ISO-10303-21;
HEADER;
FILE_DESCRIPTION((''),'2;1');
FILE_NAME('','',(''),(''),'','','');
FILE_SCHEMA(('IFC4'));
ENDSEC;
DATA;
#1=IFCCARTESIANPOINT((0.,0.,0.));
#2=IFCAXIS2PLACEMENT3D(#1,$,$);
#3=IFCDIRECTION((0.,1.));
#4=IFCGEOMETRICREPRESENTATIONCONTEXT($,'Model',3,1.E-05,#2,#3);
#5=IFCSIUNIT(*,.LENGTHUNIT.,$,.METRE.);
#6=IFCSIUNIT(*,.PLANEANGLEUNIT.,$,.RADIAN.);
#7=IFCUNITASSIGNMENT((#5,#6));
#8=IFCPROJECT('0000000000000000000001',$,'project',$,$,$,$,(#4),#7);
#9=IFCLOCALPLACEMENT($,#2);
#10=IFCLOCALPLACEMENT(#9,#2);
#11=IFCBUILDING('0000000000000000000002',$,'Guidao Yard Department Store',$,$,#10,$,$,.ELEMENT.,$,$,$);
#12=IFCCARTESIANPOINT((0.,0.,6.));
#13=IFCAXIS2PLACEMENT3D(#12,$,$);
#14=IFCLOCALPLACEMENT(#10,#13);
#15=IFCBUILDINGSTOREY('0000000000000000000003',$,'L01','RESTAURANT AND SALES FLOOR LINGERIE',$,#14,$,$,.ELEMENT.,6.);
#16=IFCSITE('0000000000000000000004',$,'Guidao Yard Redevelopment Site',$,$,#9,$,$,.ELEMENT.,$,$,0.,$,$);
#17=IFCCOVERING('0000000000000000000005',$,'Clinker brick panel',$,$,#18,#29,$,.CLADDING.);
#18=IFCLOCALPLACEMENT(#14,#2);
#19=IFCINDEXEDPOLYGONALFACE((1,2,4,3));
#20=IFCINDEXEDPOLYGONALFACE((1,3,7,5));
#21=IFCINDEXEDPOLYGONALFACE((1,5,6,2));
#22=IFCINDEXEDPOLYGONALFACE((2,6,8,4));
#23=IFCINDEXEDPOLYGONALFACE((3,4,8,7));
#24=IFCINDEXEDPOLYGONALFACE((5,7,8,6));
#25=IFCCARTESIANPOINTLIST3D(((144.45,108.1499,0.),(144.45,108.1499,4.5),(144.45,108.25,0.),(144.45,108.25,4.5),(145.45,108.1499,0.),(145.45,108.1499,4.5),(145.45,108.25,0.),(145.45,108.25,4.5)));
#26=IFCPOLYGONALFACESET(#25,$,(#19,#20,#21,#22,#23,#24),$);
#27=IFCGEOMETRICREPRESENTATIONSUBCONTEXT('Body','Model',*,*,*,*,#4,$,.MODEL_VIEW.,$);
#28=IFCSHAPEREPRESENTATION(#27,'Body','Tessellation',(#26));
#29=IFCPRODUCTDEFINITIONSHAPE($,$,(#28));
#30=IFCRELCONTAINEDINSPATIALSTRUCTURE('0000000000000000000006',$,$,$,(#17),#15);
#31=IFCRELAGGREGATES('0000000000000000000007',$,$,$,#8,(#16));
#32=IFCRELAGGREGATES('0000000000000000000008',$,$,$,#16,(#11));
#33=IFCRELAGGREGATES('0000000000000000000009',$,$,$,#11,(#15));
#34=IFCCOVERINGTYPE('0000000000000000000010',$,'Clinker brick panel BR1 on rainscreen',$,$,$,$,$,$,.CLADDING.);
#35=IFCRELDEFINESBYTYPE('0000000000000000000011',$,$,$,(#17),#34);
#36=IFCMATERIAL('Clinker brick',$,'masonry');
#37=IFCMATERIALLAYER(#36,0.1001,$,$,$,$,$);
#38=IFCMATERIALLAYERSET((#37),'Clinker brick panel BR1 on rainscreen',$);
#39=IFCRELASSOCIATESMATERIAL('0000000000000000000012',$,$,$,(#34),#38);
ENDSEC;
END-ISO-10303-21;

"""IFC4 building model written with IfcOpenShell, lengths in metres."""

from ifc_helpers import new_model, si_unit, direction, frame, origin, origin_2d, place, context, subcontext, project, spatial, rectangle, extrude, material, layer, layer_set, type_object, element, save


model = new_model("IFC4")

# Units and contexts
model_context = context("Model", 3, precision=1e-05, world=origin(), true_north=direction((0.0, 1.0)))
body_context = subcontext(model_context, "Body", "Model", "MODEL_VIEW")
ifc_project = project(units=[si_unit("LENGTHUNIT", "METRE"), si_unit("PLANEANGLEUNIT", "RADIAN")], contexts=[model_context])

# Site, building, storey
site_placement = place(None, origin())
site = spatial("IfcSite", under=ifc_project, at=site_placement, Name="Guidao Yard Redevelopment Site", CompositionType="ELEMENT", RefElevation=0.0)
building_placement = place(site_placement, origin())
building = spatial("IfcBuilding", under=site, at=building_placement, Name="Guidao Yard Department Store", CompositionType="ELEMENT")
storey_placement = place(building_placement, frame((0.0, 0.0, 6.0)))
storey = spatial("IfcBuildingStorey", under=building, at=storey_placement, Name="L01", Description="RESTAURANT AND SALES FLOOR LINGERIE", CompositionType="ELEMENT", Elevation=6.0)

# Covering
ifc_material_1 = material(Name="Clinker brick", Category="masonry")
ifc_layer_1 = layer(ifc_material_1, 0.1001)
ifc_layer_set_1 = layer_set([ifc_layer_1], Name="Clinker brick panel BR1 on rainscreen")
covering_type = type_object("IfcCoveringType", Name="Clinker brick panel BR1 on rainscreen", PredefinedType="CLADDING", material=ifc_layer_set_1)
for number, where, z_axis, x_axis, name in (
    (1, (144.95, 108.2, 0.0), (0.0, 0.0, 1.0), (1.0, 0.0, 0.0), "Clinker brick panel"),
):
    element("IfcCovering", number, at=place(storey_placement, frame(where, z_axis=z_axis, x_axis=x_axis)), inside=storey, type_object=covering_type, Name=name, PredefinedType="CLADDING", context=body_context, shape_type="SweptSolid", body=[
        extrude(rectangle(XDim=1.0, YDim=0.1001, at=origin_2d()), origin(), (0.0, 0.0, 1.0), 4.5),
    ])

save(model, "model.ifc")
